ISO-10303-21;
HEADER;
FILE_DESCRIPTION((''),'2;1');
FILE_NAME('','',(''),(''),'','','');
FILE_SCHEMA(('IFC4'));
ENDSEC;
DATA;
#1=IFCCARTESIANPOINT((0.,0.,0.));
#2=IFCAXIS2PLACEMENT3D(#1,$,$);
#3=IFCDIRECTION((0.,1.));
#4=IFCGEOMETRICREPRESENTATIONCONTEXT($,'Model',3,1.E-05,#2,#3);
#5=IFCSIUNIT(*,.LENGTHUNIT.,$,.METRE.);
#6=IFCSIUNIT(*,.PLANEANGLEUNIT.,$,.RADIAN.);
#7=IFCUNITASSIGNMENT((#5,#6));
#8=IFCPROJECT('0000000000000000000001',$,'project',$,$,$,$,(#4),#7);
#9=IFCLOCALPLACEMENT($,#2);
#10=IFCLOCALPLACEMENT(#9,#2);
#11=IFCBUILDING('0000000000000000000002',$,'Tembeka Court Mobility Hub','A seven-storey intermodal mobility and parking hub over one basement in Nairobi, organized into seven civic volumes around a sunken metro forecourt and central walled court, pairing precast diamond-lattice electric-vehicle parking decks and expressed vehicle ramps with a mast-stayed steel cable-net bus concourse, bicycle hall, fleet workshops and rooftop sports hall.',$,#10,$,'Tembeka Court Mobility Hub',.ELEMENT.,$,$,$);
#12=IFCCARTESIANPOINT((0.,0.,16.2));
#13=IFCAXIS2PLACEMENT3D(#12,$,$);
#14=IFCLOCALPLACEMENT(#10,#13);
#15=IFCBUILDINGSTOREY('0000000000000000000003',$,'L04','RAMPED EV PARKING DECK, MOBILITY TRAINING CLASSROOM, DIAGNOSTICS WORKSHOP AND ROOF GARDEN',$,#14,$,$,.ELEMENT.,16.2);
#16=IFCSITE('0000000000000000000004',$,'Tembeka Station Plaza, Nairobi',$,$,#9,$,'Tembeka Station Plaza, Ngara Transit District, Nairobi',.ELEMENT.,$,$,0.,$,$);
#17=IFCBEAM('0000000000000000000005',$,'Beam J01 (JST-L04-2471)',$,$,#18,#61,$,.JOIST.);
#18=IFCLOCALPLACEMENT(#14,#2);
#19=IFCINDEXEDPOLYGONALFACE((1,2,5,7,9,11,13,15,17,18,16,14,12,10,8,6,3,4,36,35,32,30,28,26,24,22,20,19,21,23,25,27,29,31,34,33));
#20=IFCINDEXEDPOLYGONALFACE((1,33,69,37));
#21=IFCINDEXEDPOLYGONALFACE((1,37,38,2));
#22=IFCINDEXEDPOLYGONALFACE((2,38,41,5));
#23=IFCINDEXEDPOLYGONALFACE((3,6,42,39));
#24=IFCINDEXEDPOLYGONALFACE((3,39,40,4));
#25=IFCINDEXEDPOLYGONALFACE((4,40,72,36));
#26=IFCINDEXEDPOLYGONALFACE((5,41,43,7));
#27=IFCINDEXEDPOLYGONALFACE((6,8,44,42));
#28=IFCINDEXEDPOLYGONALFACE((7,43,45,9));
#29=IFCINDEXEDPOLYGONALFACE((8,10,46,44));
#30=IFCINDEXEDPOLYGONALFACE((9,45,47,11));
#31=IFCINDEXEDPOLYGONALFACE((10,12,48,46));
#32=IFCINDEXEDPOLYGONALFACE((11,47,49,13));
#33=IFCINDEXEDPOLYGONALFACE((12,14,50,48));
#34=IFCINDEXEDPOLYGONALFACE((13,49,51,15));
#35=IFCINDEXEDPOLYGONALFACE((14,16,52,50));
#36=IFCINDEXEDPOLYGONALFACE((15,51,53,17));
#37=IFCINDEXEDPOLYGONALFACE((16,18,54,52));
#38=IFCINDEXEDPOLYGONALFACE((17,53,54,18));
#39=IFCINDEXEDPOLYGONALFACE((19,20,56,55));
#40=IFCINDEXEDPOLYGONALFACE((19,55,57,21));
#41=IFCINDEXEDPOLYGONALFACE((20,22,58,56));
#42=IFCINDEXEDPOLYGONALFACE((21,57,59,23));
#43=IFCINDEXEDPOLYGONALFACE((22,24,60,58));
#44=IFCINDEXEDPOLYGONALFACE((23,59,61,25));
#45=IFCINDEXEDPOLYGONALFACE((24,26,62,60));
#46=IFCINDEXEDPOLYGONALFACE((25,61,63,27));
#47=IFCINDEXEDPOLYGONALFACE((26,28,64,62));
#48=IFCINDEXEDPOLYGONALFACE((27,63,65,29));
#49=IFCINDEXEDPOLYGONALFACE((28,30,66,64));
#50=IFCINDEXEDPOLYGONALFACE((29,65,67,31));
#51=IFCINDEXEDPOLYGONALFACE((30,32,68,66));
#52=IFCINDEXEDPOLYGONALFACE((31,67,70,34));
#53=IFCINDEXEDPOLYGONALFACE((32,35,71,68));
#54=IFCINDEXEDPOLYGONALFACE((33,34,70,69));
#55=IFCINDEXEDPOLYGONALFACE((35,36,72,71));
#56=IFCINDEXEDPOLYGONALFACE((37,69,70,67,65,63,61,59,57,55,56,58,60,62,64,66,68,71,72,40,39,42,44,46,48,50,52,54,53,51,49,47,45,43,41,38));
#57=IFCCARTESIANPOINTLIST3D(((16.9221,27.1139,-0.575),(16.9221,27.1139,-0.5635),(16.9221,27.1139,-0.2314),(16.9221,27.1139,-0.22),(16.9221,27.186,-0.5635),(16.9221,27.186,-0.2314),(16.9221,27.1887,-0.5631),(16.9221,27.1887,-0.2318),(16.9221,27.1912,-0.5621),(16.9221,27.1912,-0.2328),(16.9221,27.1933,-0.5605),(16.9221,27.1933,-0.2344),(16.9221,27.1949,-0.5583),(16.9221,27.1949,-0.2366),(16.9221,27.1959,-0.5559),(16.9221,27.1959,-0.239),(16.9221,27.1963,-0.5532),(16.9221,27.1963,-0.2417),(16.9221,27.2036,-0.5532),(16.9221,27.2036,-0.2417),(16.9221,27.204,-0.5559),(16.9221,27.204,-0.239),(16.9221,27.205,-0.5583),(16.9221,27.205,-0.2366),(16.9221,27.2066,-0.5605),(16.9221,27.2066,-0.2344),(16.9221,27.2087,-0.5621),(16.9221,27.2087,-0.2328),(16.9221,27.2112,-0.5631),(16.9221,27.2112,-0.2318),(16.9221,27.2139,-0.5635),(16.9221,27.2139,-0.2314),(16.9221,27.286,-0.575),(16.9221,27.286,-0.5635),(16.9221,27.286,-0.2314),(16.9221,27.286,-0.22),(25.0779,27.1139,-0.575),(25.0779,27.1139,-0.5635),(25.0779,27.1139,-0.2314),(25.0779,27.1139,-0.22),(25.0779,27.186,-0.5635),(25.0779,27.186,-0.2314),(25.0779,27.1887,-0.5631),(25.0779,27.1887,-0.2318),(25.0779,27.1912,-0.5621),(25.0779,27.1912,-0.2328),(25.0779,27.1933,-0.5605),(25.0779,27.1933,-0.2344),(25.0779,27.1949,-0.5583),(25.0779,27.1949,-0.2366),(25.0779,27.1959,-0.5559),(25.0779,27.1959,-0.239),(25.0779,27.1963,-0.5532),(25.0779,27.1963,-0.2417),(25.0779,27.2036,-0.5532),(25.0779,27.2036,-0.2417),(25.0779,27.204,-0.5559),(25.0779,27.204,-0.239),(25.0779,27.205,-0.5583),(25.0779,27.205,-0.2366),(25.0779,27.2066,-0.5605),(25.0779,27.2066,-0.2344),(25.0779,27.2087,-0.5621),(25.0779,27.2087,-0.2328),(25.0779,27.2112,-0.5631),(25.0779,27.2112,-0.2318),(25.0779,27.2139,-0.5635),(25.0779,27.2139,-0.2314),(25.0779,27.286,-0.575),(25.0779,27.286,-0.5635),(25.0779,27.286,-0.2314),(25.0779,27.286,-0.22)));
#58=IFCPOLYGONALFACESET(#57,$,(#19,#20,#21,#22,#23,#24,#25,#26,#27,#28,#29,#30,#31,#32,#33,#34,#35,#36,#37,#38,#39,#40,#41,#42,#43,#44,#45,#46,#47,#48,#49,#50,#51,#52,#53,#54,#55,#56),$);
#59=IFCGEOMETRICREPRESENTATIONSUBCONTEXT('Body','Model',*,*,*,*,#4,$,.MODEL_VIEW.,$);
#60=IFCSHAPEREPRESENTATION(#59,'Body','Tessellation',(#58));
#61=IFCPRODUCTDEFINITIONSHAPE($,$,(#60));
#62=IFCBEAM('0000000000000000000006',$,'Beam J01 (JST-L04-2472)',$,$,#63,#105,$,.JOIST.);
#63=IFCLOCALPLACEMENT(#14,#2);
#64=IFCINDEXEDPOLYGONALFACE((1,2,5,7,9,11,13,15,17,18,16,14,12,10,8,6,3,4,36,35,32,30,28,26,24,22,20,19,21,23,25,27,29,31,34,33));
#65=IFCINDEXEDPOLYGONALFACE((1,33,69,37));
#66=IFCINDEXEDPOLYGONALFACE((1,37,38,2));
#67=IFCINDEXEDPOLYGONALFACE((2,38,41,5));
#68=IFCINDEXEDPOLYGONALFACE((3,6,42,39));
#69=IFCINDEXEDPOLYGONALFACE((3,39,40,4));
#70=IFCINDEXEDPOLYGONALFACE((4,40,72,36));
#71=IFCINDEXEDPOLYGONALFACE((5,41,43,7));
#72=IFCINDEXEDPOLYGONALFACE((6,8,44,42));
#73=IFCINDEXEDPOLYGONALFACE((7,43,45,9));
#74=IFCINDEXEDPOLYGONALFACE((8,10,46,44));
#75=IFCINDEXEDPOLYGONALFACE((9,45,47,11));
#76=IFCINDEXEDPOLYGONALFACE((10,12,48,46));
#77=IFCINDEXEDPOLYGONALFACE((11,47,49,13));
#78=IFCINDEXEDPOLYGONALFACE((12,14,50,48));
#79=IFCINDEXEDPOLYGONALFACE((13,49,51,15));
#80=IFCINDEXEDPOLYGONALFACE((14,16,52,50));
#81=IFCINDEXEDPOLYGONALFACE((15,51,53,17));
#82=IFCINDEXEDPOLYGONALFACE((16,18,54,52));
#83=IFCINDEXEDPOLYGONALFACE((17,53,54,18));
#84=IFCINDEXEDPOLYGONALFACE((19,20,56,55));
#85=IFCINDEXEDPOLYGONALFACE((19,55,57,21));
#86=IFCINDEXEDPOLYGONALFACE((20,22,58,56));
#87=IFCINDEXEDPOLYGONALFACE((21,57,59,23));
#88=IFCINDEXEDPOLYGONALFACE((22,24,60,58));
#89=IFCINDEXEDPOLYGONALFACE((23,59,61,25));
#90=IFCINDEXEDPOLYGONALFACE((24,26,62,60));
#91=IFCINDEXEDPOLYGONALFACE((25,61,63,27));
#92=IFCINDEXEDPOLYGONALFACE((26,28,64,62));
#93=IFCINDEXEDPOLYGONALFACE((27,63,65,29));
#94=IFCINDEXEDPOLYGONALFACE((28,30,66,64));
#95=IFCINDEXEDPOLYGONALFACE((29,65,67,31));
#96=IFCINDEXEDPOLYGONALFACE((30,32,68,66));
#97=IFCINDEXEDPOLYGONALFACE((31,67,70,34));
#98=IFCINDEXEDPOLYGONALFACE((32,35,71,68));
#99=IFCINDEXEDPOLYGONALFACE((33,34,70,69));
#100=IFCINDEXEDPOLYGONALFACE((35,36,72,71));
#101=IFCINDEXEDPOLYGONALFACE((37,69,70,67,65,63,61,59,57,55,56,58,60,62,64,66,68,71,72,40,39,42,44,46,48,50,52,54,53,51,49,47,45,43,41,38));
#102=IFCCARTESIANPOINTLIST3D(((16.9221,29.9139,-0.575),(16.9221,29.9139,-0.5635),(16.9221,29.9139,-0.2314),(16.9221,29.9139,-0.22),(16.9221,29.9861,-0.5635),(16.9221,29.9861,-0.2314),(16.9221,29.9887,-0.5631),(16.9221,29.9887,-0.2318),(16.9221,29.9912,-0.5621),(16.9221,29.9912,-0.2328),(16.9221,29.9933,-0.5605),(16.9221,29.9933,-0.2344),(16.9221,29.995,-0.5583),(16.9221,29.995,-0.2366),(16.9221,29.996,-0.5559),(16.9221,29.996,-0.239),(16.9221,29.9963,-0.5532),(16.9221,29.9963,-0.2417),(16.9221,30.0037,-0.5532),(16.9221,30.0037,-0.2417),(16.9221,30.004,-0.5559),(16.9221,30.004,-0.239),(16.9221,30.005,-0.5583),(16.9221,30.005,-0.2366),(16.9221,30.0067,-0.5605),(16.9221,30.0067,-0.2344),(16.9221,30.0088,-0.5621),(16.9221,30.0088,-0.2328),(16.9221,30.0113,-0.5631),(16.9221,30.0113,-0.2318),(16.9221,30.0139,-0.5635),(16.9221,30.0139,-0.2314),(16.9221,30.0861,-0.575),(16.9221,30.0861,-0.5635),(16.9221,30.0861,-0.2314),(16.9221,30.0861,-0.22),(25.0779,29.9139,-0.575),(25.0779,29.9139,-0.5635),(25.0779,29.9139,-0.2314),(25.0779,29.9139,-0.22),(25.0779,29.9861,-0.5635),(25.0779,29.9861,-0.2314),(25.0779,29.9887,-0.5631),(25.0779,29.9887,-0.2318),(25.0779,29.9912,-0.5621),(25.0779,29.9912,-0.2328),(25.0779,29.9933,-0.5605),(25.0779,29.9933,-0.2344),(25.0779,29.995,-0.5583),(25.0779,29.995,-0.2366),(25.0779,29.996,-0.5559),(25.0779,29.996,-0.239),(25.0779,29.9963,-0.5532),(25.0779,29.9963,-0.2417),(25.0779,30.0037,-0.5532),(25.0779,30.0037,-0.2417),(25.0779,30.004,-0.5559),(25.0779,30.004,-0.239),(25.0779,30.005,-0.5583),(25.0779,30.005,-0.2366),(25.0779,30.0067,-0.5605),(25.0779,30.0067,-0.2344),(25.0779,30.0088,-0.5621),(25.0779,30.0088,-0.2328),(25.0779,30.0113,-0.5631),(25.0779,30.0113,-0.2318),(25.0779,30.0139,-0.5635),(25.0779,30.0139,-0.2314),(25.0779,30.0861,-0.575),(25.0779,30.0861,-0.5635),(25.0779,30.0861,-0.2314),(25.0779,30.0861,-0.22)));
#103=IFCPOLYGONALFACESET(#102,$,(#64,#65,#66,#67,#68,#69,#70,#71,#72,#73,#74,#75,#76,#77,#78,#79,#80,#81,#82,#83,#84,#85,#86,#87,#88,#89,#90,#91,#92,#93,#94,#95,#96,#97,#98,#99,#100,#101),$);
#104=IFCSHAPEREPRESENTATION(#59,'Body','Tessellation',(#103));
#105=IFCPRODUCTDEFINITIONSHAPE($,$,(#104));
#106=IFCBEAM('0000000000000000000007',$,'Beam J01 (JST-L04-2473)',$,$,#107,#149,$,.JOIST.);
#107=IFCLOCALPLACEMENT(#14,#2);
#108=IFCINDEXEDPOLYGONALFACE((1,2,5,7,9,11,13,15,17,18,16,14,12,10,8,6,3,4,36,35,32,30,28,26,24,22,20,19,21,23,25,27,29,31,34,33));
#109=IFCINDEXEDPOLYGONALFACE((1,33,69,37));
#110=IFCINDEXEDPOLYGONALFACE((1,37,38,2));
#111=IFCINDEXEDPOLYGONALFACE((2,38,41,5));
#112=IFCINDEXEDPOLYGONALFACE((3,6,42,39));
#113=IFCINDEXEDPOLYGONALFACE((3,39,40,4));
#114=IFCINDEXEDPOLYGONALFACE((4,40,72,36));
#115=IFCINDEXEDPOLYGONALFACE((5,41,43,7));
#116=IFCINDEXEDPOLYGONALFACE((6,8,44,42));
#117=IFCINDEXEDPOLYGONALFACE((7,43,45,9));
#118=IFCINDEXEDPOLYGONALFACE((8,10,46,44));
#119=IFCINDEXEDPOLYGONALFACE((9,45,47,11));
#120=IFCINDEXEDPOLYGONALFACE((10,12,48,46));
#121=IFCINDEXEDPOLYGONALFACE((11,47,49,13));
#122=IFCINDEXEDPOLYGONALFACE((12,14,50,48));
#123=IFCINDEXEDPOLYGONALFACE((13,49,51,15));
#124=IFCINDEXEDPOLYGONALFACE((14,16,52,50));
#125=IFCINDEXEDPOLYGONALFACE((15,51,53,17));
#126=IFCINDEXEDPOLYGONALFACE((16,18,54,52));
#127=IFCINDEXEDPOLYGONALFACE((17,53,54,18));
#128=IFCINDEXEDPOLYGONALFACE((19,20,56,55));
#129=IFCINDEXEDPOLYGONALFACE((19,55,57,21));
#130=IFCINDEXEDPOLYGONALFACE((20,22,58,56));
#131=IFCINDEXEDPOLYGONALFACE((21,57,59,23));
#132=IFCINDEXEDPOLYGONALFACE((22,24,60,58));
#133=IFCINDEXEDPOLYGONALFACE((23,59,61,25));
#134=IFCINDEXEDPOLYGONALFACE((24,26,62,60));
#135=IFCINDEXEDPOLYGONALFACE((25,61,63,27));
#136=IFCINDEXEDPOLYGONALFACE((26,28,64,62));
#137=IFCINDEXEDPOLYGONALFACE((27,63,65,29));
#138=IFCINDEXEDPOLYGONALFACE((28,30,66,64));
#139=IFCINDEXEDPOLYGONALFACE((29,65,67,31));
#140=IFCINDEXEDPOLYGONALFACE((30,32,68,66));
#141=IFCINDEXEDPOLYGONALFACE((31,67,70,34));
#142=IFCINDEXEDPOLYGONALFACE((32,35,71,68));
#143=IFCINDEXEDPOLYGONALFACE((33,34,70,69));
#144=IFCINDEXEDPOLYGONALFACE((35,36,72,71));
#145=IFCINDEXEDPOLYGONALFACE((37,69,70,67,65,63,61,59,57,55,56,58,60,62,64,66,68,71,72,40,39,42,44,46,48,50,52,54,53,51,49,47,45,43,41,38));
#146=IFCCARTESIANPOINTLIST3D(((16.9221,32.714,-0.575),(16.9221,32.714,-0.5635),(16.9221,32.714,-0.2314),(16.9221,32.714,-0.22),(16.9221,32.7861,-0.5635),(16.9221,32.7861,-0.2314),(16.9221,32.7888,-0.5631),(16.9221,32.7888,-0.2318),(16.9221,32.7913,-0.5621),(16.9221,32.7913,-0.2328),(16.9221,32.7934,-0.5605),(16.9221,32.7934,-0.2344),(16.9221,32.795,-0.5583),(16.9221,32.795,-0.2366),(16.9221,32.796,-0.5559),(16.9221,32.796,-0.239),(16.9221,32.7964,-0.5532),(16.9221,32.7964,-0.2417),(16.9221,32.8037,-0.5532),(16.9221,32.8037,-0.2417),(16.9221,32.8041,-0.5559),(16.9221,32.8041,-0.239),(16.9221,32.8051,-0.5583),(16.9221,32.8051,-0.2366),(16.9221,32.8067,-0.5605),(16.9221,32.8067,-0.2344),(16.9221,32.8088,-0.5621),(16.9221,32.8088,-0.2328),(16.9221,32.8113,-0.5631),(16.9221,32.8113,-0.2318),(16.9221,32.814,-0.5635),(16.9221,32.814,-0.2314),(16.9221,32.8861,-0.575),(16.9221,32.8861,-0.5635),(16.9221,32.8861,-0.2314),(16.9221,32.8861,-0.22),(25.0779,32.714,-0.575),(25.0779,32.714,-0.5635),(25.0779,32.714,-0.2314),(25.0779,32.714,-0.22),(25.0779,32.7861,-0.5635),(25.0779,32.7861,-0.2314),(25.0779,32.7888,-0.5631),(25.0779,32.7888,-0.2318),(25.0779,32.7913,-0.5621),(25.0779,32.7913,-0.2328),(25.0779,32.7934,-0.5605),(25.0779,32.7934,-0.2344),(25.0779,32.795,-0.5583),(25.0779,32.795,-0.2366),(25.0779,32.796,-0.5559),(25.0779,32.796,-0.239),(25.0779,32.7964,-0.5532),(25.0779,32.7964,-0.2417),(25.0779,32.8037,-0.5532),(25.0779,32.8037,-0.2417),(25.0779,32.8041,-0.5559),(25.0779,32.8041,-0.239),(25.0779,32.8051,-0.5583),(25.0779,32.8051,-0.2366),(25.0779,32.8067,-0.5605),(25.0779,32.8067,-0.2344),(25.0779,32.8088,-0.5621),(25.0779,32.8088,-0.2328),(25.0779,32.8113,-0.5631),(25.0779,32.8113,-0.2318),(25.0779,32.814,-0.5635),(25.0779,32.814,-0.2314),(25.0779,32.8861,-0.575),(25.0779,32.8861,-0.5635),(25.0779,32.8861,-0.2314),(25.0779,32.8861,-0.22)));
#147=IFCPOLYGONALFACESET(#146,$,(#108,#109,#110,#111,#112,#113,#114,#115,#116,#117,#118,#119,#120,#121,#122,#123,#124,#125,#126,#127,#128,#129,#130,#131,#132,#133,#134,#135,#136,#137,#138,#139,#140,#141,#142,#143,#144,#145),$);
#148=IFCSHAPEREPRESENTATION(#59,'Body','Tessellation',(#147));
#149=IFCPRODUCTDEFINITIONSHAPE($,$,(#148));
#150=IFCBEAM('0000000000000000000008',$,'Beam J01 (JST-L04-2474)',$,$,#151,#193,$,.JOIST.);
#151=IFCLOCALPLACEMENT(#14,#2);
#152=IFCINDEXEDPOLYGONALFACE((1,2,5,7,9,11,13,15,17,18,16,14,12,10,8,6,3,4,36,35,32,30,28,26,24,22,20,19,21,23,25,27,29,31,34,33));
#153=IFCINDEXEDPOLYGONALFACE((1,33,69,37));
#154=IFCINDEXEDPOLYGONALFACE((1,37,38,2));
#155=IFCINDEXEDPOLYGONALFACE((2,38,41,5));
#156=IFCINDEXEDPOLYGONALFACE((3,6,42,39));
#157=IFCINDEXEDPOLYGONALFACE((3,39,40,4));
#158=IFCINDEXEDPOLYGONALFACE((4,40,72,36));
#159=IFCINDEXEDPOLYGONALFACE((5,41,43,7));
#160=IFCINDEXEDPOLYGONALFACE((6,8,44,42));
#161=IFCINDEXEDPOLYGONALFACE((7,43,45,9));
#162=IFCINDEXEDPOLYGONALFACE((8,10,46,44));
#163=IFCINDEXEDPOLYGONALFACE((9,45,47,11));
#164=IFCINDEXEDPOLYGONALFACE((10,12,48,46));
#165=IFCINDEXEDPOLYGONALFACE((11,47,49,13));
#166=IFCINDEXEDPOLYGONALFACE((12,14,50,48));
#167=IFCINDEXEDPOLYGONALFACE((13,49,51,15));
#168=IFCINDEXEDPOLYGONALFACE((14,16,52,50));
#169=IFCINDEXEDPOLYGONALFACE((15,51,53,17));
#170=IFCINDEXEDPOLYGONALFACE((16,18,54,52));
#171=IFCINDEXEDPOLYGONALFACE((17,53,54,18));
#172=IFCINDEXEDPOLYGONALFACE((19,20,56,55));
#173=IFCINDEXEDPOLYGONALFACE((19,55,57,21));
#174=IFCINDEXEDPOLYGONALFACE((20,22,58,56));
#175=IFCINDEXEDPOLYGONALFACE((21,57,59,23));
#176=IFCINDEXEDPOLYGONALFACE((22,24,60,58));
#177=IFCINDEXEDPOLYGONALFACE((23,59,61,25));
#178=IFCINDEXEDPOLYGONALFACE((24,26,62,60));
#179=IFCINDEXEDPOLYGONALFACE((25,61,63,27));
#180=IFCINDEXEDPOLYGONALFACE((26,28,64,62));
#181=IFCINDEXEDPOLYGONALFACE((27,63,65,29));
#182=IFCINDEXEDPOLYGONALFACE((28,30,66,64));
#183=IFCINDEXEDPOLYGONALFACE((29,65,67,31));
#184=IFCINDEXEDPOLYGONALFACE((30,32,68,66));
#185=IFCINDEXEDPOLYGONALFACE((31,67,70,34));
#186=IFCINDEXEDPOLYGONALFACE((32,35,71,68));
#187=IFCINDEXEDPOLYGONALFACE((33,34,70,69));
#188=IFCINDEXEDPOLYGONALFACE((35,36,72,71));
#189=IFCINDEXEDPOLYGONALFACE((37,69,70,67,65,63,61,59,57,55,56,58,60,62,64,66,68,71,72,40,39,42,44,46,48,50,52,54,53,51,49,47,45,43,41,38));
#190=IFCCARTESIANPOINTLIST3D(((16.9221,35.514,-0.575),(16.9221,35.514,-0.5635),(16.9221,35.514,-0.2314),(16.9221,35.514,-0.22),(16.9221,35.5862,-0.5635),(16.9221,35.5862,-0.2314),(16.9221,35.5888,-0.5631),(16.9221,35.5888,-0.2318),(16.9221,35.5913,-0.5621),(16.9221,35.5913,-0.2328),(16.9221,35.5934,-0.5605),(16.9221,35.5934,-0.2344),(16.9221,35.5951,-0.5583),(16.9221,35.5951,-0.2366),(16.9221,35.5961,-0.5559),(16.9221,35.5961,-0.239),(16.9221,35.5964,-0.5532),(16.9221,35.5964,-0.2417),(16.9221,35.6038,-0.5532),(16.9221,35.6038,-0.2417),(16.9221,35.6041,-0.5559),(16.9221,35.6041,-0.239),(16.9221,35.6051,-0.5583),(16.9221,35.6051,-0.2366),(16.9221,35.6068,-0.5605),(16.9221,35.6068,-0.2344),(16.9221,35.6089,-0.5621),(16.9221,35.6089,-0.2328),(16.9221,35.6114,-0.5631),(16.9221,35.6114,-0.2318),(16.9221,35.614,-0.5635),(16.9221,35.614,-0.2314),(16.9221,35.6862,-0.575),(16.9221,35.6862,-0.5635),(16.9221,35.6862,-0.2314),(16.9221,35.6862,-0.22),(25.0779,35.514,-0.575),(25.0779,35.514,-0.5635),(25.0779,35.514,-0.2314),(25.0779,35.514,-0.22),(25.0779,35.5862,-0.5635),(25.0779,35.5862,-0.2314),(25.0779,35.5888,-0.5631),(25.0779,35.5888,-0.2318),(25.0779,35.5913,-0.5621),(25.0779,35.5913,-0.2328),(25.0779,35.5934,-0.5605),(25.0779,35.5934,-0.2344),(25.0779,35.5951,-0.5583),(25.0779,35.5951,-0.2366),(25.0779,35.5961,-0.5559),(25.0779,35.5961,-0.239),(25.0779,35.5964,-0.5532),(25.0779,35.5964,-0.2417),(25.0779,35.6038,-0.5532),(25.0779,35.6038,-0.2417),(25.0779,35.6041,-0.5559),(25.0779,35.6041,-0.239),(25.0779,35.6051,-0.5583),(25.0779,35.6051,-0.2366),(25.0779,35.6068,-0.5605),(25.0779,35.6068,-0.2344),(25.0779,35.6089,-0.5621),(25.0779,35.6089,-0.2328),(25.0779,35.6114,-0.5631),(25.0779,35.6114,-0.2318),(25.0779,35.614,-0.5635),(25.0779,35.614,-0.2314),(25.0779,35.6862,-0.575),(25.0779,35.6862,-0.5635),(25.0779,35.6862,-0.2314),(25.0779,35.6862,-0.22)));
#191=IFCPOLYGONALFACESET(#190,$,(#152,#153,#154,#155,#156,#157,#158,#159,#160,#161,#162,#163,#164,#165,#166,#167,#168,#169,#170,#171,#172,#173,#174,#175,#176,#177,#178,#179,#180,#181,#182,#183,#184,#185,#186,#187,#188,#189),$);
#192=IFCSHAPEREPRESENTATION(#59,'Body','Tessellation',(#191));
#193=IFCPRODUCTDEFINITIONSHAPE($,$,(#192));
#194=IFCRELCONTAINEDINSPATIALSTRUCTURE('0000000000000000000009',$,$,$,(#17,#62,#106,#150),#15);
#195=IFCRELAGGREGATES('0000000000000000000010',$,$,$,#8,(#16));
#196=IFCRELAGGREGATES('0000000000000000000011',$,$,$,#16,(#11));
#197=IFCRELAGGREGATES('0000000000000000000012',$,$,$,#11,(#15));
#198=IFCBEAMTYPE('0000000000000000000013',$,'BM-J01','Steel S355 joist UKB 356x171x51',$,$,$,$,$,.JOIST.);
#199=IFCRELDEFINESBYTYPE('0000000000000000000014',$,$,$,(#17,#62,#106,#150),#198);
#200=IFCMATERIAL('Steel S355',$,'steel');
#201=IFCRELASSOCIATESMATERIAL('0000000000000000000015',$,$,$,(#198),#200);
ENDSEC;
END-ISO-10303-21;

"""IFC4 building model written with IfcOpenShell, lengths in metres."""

from ifc_helpers import new_model, si_unit, direction, frame, origin, origin_2d, place, context, subcontext, project, spatial, i_section, extrude, material, material_profile, profile_set, type_object, element, save


model = new_model("IFC4")

# Units and contexts
model_context = context("Model", 3, precision=1e-05, world=origin(), true_north=direction((0.0, 1.0)))
body_context = subcontext(model_context, "Body", "Model", "MODEL_VIEW")
ifc_project = project(units=[si_unit("LENGTHUNIT", "METRE"), si_unit("PLANEANGLEUNIT", "RADIAN")], contexts=[model_context])

# Site, building, storey
site_placement = place(None, origin())
site = spatial("IfcSite", under=ifc_project, at=site_placement, Name="Tembeka Station Plaza, Nairobi", LongName="Tembeka Station Plaza, Ngara Transit District, Nairobi", CompositionType="ELEMENT", RefElevation=0.0)
building_placement = place(site_placement, origin())
building = spatial("IfcBuilding", under=site, at=building_placement, Name="Tembeka Court Mobility Hub", Description="A seven-storey intermodal mobility and parking hub over one basement in Nairobi, organized into seven civic volumes around a sunken metro forecourt and central walled court, pairing precast diamond-lattice electric-vehicle parking decks and expressed vehicle ramps with a mast-stayed steel cable-net bus concourse, bicycle hall, fleet workshops and rooftop sports hall.", LongName="Tembeka Court Mobility Hub", CompositionType="ELEMENT")
storey_placement = place(building_placement, frame((0.0, 0.0, 16.2)))
storey = spatial("IfcBuildingStorey", under=building, at=storey_placement, Name="L04", Description="RAMPED EV PARKING DECK, MOBILITY TRAINING CLASSROOM, DIAGNOSTICS WORKSHOP AND ROOF GARDEN", CompositionType="ELEMENT", Elevation=16.2)

# Shared definitions
ifc_material_1 = material(Name="Steel S355", Category="steel")

# Beams
ifc_material_profile_1 = material_profile(ifc_material_1, i_section(OverallWidth=0.1721, OverallDepth=0.355, WebThickness=0.0073, FlangeThickness=0.0115, FilletRadius=0.0103, at=origin_2d()), Name="UKB 356x171x51")
ifc_profile_set_1 = profile_set([ifc_material_profile_1], Name="Steel S355")
beam_type_1 = type_object("IfcBeamType", Name="BM-J01", Description="Steel S355 joist UKB 356x171x51", PredefinedType="JOIST", material=ifc_profile_set_1)
for number, where, z_axis, x_axis, name in (
    (1, (16.9221, 27.2, -0.3975), (1.0, 0.0, 0.0), (0.0, 1.0, 0.0), "Beam J01 (JST-L04-2471)"),
    (2, (16.9221, 30.0, -0.3975), (1.0, 0.0, 0.0), (0.0, 1.0, 0.0), "Beam J01 (JST-L04-2472)"),
    (3, (16.9221, 32.8, -0.3975), (1.0, 0.0, 0.0), (0.0, 1.0, 0.0), "Beam J01 (JST-L04-2473)"),
    (4, (16.9221, 35.6001, -0.3975), (1.0, 0.0, 0.0), (0.0, 1.0, 0.0), "Beam J01 (JST-L04-2474)"),
):
    element("IfcBeam", number, at=place(storey_placement, frame(where, z_axis=z_axis, x_axis=x_axis)), inside=storey, type_object=beam_type_1, Name=name, PredefinedType="JOIST", context=body_context, shape_type="SweptSolid", body=[
        extrude(i_section(OverallWidth=0.1721, OverallDepth=0.355, WebThickness=0.0073, FlangeThickness=0.0115, FilletRadius=0.0103, at=origin_2d()), origin(), (0.0, 0.0, 1.0), 8.1558),
    ])

save(model, "model.ifc")
